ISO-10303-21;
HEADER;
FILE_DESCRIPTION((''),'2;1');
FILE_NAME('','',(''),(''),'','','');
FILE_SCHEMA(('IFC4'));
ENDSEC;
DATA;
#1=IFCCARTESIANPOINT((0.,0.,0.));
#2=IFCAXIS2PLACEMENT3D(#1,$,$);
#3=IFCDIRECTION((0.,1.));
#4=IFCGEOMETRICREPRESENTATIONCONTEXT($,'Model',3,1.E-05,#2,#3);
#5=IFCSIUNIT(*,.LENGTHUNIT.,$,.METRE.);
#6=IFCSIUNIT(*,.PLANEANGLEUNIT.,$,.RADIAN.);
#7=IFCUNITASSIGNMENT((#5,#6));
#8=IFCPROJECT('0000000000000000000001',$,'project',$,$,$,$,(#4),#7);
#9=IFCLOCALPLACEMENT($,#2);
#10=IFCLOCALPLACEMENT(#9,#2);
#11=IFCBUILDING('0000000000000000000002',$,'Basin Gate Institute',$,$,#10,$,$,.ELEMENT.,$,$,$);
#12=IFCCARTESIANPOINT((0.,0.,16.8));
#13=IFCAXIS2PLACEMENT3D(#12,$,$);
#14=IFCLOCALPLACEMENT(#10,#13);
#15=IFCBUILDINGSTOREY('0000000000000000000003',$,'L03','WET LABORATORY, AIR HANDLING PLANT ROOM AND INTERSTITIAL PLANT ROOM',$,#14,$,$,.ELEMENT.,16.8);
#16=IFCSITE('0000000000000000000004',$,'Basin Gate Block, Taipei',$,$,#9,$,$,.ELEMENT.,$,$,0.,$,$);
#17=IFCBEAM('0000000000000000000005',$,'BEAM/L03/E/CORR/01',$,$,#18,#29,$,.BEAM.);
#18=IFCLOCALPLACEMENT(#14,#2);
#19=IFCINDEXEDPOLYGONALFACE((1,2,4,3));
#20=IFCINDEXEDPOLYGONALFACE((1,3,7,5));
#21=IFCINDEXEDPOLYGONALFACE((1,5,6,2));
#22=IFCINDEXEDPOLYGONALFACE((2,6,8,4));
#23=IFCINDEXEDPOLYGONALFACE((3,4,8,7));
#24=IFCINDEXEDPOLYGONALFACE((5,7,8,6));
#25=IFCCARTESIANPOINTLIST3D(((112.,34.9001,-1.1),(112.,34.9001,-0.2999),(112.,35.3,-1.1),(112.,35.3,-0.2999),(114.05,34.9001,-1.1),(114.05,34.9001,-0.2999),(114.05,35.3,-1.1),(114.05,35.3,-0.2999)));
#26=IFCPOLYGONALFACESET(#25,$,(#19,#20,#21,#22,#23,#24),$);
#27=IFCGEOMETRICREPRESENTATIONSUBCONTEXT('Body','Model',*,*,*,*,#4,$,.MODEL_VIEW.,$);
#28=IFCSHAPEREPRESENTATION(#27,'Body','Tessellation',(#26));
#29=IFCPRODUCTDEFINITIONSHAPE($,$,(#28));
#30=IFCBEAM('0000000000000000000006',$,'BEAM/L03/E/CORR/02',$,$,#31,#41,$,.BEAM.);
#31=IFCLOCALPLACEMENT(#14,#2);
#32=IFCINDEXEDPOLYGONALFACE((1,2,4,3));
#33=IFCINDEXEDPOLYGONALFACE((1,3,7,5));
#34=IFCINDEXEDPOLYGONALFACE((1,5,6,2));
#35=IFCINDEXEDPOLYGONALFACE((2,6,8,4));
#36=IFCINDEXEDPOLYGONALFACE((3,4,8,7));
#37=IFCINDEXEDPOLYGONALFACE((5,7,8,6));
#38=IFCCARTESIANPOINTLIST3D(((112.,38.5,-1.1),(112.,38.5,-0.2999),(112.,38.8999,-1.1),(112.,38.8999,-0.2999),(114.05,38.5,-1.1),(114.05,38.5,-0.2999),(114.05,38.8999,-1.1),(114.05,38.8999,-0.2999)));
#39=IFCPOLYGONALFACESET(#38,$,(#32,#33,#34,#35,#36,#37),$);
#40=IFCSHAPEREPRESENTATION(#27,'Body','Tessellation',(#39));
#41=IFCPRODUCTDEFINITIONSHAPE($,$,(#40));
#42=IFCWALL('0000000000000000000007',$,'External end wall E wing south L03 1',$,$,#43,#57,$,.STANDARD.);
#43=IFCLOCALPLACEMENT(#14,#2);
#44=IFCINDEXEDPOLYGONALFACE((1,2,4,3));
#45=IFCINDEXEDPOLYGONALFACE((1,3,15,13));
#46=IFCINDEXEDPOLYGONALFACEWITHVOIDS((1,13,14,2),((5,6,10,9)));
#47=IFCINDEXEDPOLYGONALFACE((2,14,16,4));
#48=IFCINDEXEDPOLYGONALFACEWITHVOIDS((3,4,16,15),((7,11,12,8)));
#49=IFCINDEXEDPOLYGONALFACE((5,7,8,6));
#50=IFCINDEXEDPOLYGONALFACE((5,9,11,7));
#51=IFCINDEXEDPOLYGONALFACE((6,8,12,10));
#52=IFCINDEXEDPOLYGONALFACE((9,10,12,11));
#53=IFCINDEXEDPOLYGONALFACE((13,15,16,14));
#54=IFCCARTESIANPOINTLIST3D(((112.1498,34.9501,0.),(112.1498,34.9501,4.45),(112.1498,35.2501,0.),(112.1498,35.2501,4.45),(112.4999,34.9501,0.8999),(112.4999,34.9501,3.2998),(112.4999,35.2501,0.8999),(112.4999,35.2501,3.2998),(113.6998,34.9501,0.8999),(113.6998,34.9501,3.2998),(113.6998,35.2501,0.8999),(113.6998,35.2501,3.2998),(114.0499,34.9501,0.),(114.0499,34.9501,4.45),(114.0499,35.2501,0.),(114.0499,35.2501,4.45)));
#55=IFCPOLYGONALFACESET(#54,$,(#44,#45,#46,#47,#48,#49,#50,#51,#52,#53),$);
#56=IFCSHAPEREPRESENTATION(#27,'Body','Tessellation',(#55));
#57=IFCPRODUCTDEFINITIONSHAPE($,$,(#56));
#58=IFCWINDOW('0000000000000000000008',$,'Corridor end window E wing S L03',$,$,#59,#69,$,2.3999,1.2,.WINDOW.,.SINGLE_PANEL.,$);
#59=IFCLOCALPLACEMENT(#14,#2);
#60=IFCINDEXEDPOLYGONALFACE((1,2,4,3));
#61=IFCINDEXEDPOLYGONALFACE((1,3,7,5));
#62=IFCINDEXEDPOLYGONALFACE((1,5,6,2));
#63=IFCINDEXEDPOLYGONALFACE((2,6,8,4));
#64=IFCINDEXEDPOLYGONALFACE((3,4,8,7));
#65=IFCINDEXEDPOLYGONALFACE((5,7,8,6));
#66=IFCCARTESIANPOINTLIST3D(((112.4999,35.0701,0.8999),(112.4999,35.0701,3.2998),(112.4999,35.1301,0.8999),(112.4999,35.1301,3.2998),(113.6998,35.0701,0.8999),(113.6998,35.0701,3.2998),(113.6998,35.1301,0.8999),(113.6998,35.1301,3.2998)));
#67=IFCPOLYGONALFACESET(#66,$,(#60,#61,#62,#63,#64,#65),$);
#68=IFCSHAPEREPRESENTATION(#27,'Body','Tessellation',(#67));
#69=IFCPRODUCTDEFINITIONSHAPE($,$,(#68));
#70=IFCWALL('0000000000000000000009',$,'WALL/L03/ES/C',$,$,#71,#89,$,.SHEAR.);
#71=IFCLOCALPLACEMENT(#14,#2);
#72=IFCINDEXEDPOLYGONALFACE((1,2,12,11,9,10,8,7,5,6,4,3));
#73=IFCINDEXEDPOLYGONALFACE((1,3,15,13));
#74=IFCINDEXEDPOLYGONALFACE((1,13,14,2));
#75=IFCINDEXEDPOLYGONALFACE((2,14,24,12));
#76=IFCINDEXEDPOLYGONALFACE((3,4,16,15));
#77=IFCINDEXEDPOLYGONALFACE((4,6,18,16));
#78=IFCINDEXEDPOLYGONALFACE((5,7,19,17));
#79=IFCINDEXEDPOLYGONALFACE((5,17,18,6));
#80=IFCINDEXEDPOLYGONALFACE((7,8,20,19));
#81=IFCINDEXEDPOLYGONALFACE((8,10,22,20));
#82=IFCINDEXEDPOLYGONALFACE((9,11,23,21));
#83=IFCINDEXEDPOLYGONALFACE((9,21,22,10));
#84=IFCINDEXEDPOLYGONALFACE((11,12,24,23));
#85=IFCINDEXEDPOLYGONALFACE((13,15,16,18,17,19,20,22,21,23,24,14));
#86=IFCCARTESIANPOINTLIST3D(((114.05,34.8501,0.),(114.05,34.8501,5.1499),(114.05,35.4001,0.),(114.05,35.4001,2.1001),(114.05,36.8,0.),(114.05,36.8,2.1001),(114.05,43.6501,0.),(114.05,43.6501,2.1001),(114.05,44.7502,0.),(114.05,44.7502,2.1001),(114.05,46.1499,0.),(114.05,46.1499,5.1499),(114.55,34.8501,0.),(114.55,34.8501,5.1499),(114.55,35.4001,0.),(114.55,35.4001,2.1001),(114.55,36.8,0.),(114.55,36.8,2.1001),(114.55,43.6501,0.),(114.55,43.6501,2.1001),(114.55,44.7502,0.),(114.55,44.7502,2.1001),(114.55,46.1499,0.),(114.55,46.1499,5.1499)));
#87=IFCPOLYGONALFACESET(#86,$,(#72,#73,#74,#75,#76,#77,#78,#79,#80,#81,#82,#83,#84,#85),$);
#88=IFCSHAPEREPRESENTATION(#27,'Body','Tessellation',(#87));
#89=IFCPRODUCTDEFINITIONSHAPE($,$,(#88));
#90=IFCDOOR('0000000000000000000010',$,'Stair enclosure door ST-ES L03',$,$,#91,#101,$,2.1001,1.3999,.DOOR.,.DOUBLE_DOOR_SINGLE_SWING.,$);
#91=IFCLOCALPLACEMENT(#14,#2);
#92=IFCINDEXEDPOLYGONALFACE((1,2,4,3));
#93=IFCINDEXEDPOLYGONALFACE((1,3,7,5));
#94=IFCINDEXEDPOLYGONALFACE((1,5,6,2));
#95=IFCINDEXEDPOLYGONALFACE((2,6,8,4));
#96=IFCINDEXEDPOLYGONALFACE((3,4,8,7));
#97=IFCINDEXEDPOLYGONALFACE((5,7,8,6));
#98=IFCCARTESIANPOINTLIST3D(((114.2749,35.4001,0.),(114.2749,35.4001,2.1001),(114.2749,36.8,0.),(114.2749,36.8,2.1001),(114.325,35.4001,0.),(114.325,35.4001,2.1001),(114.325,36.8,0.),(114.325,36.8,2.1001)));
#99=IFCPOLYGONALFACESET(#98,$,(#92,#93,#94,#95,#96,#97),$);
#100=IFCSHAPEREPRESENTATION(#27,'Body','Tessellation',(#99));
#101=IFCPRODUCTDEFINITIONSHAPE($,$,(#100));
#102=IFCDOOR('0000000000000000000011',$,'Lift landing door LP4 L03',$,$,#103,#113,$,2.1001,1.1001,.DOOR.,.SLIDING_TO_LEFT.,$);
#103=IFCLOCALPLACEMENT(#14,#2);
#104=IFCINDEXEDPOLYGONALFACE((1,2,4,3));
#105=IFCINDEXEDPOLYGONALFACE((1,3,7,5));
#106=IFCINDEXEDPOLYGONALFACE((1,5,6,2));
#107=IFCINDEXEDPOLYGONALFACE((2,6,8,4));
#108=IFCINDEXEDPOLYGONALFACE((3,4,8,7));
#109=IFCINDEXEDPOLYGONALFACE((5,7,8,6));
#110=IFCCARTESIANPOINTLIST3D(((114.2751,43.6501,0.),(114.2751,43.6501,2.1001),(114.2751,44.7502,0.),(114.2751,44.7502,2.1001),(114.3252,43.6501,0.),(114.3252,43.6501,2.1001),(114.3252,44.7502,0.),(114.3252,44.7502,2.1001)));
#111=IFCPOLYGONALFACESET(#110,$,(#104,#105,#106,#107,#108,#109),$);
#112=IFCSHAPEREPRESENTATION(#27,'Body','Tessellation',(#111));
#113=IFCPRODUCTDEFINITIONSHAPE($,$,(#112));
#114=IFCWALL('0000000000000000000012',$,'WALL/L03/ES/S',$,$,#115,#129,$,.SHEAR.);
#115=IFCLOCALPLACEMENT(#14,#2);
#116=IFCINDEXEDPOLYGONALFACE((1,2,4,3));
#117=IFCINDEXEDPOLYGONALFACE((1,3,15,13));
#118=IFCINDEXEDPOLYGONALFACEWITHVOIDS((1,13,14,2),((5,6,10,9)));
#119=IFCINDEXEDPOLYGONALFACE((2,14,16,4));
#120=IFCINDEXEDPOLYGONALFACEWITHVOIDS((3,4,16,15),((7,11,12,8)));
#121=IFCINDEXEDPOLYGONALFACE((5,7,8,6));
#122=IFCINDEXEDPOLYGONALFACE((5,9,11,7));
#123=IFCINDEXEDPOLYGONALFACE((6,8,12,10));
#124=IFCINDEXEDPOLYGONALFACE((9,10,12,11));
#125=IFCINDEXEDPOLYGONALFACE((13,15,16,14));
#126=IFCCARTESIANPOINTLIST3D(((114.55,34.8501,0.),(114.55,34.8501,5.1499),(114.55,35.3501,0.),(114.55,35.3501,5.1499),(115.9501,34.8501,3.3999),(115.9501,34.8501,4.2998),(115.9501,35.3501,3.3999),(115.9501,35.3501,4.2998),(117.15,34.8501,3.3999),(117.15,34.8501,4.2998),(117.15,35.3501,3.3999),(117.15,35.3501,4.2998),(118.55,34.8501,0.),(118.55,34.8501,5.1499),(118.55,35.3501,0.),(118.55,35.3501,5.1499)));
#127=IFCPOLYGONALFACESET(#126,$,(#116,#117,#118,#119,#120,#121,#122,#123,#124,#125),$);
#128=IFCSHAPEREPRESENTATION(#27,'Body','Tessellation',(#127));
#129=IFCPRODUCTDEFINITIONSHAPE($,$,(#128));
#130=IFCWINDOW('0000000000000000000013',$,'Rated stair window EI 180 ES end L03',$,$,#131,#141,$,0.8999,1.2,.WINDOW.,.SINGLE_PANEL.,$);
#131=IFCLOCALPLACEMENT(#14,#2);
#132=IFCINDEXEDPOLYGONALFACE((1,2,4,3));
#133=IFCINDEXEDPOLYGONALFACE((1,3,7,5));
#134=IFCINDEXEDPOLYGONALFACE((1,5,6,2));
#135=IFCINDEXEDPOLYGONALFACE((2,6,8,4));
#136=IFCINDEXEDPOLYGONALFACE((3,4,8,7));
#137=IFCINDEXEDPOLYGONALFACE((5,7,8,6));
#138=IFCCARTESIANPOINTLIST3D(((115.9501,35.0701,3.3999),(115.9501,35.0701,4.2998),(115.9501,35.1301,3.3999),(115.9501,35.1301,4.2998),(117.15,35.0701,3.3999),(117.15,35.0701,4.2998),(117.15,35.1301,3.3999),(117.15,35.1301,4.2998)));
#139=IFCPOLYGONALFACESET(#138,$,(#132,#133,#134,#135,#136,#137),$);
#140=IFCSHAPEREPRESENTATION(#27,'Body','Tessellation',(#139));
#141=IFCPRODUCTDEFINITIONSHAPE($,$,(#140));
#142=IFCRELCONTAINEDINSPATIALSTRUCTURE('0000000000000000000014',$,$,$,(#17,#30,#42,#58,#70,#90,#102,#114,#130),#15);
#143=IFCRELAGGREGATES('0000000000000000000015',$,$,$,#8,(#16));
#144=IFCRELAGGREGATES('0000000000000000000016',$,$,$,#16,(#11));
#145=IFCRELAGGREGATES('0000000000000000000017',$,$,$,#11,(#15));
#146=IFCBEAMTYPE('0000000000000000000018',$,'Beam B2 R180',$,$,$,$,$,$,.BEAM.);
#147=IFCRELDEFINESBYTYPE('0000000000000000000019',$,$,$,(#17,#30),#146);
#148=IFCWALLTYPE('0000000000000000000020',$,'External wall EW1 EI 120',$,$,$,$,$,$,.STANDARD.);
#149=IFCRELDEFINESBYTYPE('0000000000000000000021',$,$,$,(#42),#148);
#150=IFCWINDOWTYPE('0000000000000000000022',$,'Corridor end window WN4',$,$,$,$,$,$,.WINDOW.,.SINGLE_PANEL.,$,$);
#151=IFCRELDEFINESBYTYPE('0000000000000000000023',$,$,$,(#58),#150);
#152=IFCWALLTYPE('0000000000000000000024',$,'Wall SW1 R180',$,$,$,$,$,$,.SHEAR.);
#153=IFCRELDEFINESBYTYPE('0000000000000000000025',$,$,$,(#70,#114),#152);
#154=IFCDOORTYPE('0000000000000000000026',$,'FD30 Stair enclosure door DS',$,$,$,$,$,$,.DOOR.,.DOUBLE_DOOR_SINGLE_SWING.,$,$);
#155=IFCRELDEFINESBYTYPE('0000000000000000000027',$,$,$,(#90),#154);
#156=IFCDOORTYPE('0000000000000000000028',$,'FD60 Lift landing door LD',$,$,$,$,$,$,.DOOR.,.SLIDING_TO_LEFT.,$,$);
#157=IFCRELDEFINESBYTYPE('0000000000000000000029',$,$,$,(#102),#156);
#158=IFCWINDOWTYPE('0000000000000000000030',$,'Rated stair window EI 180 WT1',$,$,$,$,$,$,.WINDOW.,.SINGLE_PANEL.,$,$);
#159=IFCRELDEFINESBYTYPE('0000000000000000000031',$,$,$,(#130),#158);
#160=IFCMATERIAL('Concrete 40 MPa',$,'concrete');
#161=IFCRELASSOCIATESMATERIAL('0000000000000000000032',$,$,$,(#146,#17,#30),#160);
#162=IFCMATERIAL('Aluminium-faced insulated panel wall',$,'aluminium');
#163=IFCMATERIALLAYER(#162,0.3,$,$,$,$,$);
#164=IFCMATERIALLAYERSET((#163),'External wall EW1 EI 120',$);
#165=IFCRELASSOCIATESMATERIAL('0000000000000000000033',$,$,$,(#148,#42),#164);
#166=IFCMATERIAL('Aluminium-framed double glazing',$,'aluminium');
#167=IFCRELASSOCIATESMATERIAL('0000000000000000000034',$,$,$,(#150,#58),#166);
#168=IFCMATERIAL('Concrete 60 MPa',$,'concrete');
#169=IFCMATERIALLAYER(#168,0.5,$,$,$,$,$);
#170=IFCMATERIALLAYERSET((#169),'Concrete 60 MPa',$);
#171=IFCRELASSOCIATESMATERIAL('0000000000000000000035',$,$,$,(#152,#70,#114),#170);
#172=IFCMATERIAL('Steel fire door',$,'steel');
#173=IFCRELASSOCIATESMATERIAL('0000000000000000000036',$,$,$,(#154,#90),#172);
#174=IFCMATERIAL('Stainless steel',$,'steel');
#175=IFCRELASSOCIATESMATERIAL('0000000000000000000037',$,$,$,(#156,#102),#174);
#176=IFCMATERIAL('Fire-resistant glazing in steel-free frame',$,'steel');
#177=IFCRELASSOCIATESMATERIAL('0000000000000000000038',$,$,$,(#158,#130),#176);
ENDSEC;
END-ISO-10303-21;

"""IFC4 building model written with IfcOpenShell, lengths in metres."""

from ifc_helpers import new_model, si_unit, direction, frame, frame_2d, origin, origin_2d, place, context, subcontext, project, spatial, rectangle, extrude, material, layer, layer_set, material_profile, profile_set, type_object, element, fill, save


model = new_model("IFC4")

# Units and contexts
model_context = context("Model", 3, precision=1e-05, world=origin(), true_north=direction((0.0, 1.0)))
body_context = subcontext(model_context, "Body", "Model", "MODEL_VIEW")
ifc_project = project(units=[si_unit("LENGTHUNIT", "METRE"), si_unit("PLANEANGLEUNIT", "RADIAN")], contexts=[model_context])

# Site, building, storey
site_placement = place(None, origin())
site = spatial("IfcSite", under=ifc_project, at=site_placement, Name="Basin Gate Block, Taipei", CompositionType="ELEMENT", RefElevation=0.0)
building_placement = place(site_placement, origin())
building = spatial("IfcBuilding", under=site, at=building_placement, Name="Basin Gate Institute", CompositionType="ELEMENT")
storey_placement = place(building_placement, frame((0.0, 0.0, 16.8)))
storey = spatial("IfcBuildingStorey", under=building, at=storey_placement, Name="L03", Description="WET LABORATORY, AIR HANDLING PLANT ROOM AND INTERSTITIAL PLANT ROOM", CompositionType="ELEMENT", Elevation=16.8)

# Beams
ifc_material_1 = material(Name="Concrete 40 MPa", Category="concrete")
ifc_material_profile = material_profile(ifc_material_1, rectangle(XDim=0.3999, YDim=0.8, at=origin_2d()), Name="Beam B2 400 x 800")
ifc_profile_set = profile_set([ifc_material_profile], Name="Concrete 40 MPa")
beam_type = type_object("IfcBeamType", Name="Beam B2 R180", PredefinedType="BEAM", material=ifc_profile_set)
for number, where, z_axis, x_axis, name in (
    (1, (114.05, 35.1001, -0.7), (-1.0, 0.0, 0.0), (0.0, -1.0, 0.0), "BEAM/L03/E/CORR/01"),
    (2, (114.05, 38.7, -0.7), (-1.0, 0.0, 0.0), (0.0, -1.0, 0.0), "BEAM/L03/E/CORR/02"),
):
    element("IfcBeam", number, at=place(storey_placement, frame(where, z_axis=z_axis, x_axis=x_axis)), inside=storey, type_object=beam_type, material=ifc_profile_set, Name=name, PredefinedType="BEAM", context=body_context, shape_type="SweptSolid", body=[
        extrude(rectangle(XDim=0.3999, YDim=0.8, at=origin_2d()), origin(), (0.0, 0.0, 1.0), 2.05),
    ])

# Wall, opening, window
ifc_material_2 = material(Name="Aluminium-faced insulated panel wall", Category="aluminium")
ifc_layer_1 = layer(ifc_material_2, 0.3)
ifc_layer_set_1 = layer_set([ifc_layer_1], Name="External wall EW1 EI 120")
wall_type_1 = type_object("IfcWallType", Name="External wall EW1 EI 120", PredefinedType="STANDARD", material=ifc_layer_set_1)
wall_1_placement = place(storey_placement, frame((114.05, 35.1001, 0.0), z_axis=(0.0, 0.0, 1.0), x_axis=(-1.0, 0.0, 0.0)))
wall_1 = element("IfcWall", 3, at=wall_1_placement, inside=storey, type_object=wall_type_1, material=ifc_layer_set_1, Name="External end wall E wing south L03 1", PredefinedType="STANDARD", context=body_context, shape_type="SweptSolid", body=[
    extrude(rectangle(XDim=1.9001, YDim=0.3, at=frame_2d((0.9502, 0.0))), origin(), (0.0, 0.0, 1.0), 4.45),
])
opening_1_placement = place(wall_1_placement, frame((0.3501, 0.0, 0.8999)))
opening_1 = element("IfcOpeningElement", 4, at=opening_1_placement, cuts=wall_1, PredefinedType="OPENING", context=body_context, shape_type="SweptSolid", body=[
    extrude(rectangle(XDim=1.2, YDim=2.3999, at=frame_2d((0.6001, 1.2))), frame((0.0, 0.1602, 0.0), z_axis=(0.0, -1.0, 0.0), x_axis=(1.0, 0.0, 0.0)), (0.0, 0.0, 1.0), 0.3201),
])
ifc_material_3 = material(Name="Aluminium-framed double glazing", Category="aluminium")
window_type_1 = type_object("IfcWindowType", Name="Corridor end window WN4", PartitioningType="SINGLE_PANEL", PredefinedType="WINDOW", material=ifc_material_3)
window_1_placement = place(opening_1_placement, origin())
window_1 = element("IfcWindow", 5, at=window_1_placement, inside=storey, type_object=window_type_1, material=ifc_material_3, Name="Corridor end window E wing S L03", OverallHeight=2.3999, OverallWidth=1.2, PartitioningType="SINGLE_PANEL", PredefinedType="WINDOW", context=body_context, shape_type="SweptSolid", body=[
    extrude(rectangle(XDim=1.2, YDim=2.3999, at=frame_2d((0.6001, 1.2))), frame((0.0, 0.03, 0.0), z_axis=(0.0, -1.0, 0.0), x_axis=(1.0, 0.0, 0.0)), (0.0, 0.0, 1.0), 0.0601),
])
fill(opening_1, window_1)

# Wall, openings, doors
ifc_material_4 = material(Name="Concrete 60 MPa", Category="concrete")
ifc_layer_2 = layer(ifc_material_4, 0.5)
ifc_layer_set_2 = layer_set([ifc_layer_2], Name="Concrete 60 MPa")
wall_type_2 = type_object("IfcWallType", Name="Wall SW1 R180", PredefinedType="SHEAR", material=ifc_layer_set_2)
wall_2_placement = place(storey_placement, frame((114.3, 34.8501, 0.0), z_axis=(0.0, 0.0, 1.0), x_axis=(0.0, 1.0, 0.0)))
wall_2 = element("IfcWall", 6, at=wall_2_placement, inside=storey, type_object=wall_type_2, material=ifc_layer_set_2, Name="WALL/L03/ES/C", PredefinedType="SHEAR", context=body_context, shape_type="SweptSolid", body=[
    extrude(rectangle(XDim=11.2998, YDim=0.5, at=frame_2d((5.6499, 0.0))), origin(), (0.0, 0.0, 1.0), 5.1499),
])
opening_2_placement = place(wall_2_placement, frame((0.55, 0.0, 0.0)))
opening_2 = element("IfcOpeningElement", 7, at=opening_2_placement, cuts=wall_2, PredefinedType="OPENING", context=body_context, shape_type="SweptSolid", body=[
    extrude(rectangle(XDim=1.3999, YDim=2.1001, at=frame_2d((0.7, 1.05))), frame((0.0, 0.26, 0.0), z_axis=(0.0, -1.0, 0.0), x_axis=(1.0, 0.0, 0.0)), (0.0, 0.0, 1.0), 0.52),
])
opening_3_placement = place(wall_2_placement, frame((8.8, 0.0, 0.0)))
opening_3 = element("IfcOpeningElement", 8, at=opening_3_placement, cuts=wall_2, PredefinedType="OPENING", context=body_context, shape_type="SweptSolid", body=[
    extrude(rectangle(XDim=1.1001, YDim=2.1001, at=frame_2d((0.55, 1.05))), frame((0.0, 0.26, 0.0), z_axis=(0.0, -1.0, 0.0), x_axis=(1.0, 0.0, 0.0)), (0.0, 0.0, 1.0), 0.52),
])
ifc_material_5 = material(Name="Steel fire door", Category="steel")
door_type_1 = type_object("IfcDoorType", Name="FD30 Stair enclosure door DS", OperationType="DOUBLE_DOOR_SINGLE_SWING", PredefinedType="DOOR", material=ifc_material_5)
door_1_placement = place(opening_2_placement, frame((1.3999, 0.0, 0.0), z_axis=(0.0, 0.0, 1.0), x_axis=(-1.0, 0.0, 0.0)))
door_1 = element("IfcDoor", 9, at=door_1_placement, inside=storey, type_object=door_type_1, material=ifc_material_5, Name="Stair enclosure door ST-ES L03", OperationType="DOUBLE_DOOR_SINGLE_SWING", OverallHeight=2.1001, OverallWidth=1.3999, PredefinedType="DOOR", context=body_context, shape_type="SweptSolid", body=[
    extrude(rectangle(XDim=1.3999, YDim=2.1001, at=frame_2d((0.7, 1.05))), frame((0.0, 0.0249, 0.0), z_axis=(0.0, -1.0, 0.0), x_axis=(1.0, 0.0, 0.0)), (0.0, 0.0, 1.0), 0.05),
])
fill(opening_2, door_1)
ifc_material_6 = material(Name="Stainless steel", Category="steel")
door_type_2 = type_object("IfcDoorType", Name="FD60 Lift landing door LD", OperationType="SLIDING_TO_LEFT", PredefinedType="DOOR", material=ifc_material_6)
door_2_placement = place(opening_3_placement, origin())
door_2 = element("IfcDoor", 10, at=door_2_placement, inside=storey, type_object=door_type_2, material=ifc_material_6, Name="Lift landing door LP4 L03", OperationType="SLIDING_TO_LEFT", OverallHeight=2.1001, OverallWidth=1.1001, PredefinedType="DOOR", context=body_context, shape_type="SweptSolid", body=[
    extrude(rectangle(XDim=1.1001, YDim=2.1001, at=frame_2d((0.55, 1.05))), frame((0.0, 0.0249, 0.0), z_axis=(0.0, -1.0, 0.0), x_axis=(1.0, 0.0, 0.0)), (0.0, 0.0, 1.0), 0.05),
])
fill(opening_3, door_2)

# Wall, opening, window
wall_3_placement = place(storey_placement, frame((118.55, 35.1001, 0.0), z_axis=(0.0, 0.0, 1.0), x_axis=(-1.0, 0.0, 0.0)))
wall_3 = element("IfcWall", 11, at=wall_3_placement, inside=storey, type_object=wall_type_2, material=ifc_layer_set_2, Name="WALL/L03/ES/S", PredefinedType="SHEAR", context=body_context, shape_type="SweptSolid", body=[
    extrude(rectangle(XDim=4.0, YDim=0.5, at=frame_2d((2.0, 0.0))), origin(), (0.0, 0.0, 1.0), 5.1499),
])
opening_4_placement = place(wall_3_placement, frame((1.3999, 0.0, 3.3999)))
opening_4 = element("IfcOpeningElement", 12, at=opening_4_placement, cuts=wall_3, PredefinedType="OPENING", context=body_context, shape_type="SweptSolid", body=[
    extrude(rectangle(XDim=1.2, YDim=0.8999, at=frame_2d((0.6001, 0.45))), frame((0.0, 0.26, 0.0), z_axis=(0.0, -1.0, 0.0), x_axis=(1.0, 0.0, 0.0)), (0.0, 0.0, 1.0), 0.52),
])
ifc_material_7 = material(Name="Fire-resistant glazing in steel-free frame", Category="steel")
window_type_2 = type_object("IfcWindowType", Name="Rated stair window EI 180 WT1", PartitioningType="SINGLE_PANEL", PredefinedType="WINDOW", material=ifc_material_7)
window_2_placement = place(opening_4_placement, origin())
window_2 = element("IfcWindow", 13, at=window_2_placement, inside=storey, type_object=window_type_2, material=ifc_material_7, Name="Rated stair window EI 180 ES end L03", OverallHeight=0.8999, OverallWidth=1.2, PartitioningType="SINGLE_PANEL", PredefinedType="WINDOW", context=body_context, shape_type="SweptSolid", body=[
    extrude(rectangle(XDim=1.2, YDim=0.8999, at=frame_2d((0.6001, 0.45))), frame((0.0, 0.03, 0.0), z_axis=(0.0, -1.0, 0.0), x_axis=(1.0, 0.0, 0.0)), (0.0, 0.0, 1.0), 0.0601),
])
fill(opening_4, window_2)

save(model, "model.ifc")
